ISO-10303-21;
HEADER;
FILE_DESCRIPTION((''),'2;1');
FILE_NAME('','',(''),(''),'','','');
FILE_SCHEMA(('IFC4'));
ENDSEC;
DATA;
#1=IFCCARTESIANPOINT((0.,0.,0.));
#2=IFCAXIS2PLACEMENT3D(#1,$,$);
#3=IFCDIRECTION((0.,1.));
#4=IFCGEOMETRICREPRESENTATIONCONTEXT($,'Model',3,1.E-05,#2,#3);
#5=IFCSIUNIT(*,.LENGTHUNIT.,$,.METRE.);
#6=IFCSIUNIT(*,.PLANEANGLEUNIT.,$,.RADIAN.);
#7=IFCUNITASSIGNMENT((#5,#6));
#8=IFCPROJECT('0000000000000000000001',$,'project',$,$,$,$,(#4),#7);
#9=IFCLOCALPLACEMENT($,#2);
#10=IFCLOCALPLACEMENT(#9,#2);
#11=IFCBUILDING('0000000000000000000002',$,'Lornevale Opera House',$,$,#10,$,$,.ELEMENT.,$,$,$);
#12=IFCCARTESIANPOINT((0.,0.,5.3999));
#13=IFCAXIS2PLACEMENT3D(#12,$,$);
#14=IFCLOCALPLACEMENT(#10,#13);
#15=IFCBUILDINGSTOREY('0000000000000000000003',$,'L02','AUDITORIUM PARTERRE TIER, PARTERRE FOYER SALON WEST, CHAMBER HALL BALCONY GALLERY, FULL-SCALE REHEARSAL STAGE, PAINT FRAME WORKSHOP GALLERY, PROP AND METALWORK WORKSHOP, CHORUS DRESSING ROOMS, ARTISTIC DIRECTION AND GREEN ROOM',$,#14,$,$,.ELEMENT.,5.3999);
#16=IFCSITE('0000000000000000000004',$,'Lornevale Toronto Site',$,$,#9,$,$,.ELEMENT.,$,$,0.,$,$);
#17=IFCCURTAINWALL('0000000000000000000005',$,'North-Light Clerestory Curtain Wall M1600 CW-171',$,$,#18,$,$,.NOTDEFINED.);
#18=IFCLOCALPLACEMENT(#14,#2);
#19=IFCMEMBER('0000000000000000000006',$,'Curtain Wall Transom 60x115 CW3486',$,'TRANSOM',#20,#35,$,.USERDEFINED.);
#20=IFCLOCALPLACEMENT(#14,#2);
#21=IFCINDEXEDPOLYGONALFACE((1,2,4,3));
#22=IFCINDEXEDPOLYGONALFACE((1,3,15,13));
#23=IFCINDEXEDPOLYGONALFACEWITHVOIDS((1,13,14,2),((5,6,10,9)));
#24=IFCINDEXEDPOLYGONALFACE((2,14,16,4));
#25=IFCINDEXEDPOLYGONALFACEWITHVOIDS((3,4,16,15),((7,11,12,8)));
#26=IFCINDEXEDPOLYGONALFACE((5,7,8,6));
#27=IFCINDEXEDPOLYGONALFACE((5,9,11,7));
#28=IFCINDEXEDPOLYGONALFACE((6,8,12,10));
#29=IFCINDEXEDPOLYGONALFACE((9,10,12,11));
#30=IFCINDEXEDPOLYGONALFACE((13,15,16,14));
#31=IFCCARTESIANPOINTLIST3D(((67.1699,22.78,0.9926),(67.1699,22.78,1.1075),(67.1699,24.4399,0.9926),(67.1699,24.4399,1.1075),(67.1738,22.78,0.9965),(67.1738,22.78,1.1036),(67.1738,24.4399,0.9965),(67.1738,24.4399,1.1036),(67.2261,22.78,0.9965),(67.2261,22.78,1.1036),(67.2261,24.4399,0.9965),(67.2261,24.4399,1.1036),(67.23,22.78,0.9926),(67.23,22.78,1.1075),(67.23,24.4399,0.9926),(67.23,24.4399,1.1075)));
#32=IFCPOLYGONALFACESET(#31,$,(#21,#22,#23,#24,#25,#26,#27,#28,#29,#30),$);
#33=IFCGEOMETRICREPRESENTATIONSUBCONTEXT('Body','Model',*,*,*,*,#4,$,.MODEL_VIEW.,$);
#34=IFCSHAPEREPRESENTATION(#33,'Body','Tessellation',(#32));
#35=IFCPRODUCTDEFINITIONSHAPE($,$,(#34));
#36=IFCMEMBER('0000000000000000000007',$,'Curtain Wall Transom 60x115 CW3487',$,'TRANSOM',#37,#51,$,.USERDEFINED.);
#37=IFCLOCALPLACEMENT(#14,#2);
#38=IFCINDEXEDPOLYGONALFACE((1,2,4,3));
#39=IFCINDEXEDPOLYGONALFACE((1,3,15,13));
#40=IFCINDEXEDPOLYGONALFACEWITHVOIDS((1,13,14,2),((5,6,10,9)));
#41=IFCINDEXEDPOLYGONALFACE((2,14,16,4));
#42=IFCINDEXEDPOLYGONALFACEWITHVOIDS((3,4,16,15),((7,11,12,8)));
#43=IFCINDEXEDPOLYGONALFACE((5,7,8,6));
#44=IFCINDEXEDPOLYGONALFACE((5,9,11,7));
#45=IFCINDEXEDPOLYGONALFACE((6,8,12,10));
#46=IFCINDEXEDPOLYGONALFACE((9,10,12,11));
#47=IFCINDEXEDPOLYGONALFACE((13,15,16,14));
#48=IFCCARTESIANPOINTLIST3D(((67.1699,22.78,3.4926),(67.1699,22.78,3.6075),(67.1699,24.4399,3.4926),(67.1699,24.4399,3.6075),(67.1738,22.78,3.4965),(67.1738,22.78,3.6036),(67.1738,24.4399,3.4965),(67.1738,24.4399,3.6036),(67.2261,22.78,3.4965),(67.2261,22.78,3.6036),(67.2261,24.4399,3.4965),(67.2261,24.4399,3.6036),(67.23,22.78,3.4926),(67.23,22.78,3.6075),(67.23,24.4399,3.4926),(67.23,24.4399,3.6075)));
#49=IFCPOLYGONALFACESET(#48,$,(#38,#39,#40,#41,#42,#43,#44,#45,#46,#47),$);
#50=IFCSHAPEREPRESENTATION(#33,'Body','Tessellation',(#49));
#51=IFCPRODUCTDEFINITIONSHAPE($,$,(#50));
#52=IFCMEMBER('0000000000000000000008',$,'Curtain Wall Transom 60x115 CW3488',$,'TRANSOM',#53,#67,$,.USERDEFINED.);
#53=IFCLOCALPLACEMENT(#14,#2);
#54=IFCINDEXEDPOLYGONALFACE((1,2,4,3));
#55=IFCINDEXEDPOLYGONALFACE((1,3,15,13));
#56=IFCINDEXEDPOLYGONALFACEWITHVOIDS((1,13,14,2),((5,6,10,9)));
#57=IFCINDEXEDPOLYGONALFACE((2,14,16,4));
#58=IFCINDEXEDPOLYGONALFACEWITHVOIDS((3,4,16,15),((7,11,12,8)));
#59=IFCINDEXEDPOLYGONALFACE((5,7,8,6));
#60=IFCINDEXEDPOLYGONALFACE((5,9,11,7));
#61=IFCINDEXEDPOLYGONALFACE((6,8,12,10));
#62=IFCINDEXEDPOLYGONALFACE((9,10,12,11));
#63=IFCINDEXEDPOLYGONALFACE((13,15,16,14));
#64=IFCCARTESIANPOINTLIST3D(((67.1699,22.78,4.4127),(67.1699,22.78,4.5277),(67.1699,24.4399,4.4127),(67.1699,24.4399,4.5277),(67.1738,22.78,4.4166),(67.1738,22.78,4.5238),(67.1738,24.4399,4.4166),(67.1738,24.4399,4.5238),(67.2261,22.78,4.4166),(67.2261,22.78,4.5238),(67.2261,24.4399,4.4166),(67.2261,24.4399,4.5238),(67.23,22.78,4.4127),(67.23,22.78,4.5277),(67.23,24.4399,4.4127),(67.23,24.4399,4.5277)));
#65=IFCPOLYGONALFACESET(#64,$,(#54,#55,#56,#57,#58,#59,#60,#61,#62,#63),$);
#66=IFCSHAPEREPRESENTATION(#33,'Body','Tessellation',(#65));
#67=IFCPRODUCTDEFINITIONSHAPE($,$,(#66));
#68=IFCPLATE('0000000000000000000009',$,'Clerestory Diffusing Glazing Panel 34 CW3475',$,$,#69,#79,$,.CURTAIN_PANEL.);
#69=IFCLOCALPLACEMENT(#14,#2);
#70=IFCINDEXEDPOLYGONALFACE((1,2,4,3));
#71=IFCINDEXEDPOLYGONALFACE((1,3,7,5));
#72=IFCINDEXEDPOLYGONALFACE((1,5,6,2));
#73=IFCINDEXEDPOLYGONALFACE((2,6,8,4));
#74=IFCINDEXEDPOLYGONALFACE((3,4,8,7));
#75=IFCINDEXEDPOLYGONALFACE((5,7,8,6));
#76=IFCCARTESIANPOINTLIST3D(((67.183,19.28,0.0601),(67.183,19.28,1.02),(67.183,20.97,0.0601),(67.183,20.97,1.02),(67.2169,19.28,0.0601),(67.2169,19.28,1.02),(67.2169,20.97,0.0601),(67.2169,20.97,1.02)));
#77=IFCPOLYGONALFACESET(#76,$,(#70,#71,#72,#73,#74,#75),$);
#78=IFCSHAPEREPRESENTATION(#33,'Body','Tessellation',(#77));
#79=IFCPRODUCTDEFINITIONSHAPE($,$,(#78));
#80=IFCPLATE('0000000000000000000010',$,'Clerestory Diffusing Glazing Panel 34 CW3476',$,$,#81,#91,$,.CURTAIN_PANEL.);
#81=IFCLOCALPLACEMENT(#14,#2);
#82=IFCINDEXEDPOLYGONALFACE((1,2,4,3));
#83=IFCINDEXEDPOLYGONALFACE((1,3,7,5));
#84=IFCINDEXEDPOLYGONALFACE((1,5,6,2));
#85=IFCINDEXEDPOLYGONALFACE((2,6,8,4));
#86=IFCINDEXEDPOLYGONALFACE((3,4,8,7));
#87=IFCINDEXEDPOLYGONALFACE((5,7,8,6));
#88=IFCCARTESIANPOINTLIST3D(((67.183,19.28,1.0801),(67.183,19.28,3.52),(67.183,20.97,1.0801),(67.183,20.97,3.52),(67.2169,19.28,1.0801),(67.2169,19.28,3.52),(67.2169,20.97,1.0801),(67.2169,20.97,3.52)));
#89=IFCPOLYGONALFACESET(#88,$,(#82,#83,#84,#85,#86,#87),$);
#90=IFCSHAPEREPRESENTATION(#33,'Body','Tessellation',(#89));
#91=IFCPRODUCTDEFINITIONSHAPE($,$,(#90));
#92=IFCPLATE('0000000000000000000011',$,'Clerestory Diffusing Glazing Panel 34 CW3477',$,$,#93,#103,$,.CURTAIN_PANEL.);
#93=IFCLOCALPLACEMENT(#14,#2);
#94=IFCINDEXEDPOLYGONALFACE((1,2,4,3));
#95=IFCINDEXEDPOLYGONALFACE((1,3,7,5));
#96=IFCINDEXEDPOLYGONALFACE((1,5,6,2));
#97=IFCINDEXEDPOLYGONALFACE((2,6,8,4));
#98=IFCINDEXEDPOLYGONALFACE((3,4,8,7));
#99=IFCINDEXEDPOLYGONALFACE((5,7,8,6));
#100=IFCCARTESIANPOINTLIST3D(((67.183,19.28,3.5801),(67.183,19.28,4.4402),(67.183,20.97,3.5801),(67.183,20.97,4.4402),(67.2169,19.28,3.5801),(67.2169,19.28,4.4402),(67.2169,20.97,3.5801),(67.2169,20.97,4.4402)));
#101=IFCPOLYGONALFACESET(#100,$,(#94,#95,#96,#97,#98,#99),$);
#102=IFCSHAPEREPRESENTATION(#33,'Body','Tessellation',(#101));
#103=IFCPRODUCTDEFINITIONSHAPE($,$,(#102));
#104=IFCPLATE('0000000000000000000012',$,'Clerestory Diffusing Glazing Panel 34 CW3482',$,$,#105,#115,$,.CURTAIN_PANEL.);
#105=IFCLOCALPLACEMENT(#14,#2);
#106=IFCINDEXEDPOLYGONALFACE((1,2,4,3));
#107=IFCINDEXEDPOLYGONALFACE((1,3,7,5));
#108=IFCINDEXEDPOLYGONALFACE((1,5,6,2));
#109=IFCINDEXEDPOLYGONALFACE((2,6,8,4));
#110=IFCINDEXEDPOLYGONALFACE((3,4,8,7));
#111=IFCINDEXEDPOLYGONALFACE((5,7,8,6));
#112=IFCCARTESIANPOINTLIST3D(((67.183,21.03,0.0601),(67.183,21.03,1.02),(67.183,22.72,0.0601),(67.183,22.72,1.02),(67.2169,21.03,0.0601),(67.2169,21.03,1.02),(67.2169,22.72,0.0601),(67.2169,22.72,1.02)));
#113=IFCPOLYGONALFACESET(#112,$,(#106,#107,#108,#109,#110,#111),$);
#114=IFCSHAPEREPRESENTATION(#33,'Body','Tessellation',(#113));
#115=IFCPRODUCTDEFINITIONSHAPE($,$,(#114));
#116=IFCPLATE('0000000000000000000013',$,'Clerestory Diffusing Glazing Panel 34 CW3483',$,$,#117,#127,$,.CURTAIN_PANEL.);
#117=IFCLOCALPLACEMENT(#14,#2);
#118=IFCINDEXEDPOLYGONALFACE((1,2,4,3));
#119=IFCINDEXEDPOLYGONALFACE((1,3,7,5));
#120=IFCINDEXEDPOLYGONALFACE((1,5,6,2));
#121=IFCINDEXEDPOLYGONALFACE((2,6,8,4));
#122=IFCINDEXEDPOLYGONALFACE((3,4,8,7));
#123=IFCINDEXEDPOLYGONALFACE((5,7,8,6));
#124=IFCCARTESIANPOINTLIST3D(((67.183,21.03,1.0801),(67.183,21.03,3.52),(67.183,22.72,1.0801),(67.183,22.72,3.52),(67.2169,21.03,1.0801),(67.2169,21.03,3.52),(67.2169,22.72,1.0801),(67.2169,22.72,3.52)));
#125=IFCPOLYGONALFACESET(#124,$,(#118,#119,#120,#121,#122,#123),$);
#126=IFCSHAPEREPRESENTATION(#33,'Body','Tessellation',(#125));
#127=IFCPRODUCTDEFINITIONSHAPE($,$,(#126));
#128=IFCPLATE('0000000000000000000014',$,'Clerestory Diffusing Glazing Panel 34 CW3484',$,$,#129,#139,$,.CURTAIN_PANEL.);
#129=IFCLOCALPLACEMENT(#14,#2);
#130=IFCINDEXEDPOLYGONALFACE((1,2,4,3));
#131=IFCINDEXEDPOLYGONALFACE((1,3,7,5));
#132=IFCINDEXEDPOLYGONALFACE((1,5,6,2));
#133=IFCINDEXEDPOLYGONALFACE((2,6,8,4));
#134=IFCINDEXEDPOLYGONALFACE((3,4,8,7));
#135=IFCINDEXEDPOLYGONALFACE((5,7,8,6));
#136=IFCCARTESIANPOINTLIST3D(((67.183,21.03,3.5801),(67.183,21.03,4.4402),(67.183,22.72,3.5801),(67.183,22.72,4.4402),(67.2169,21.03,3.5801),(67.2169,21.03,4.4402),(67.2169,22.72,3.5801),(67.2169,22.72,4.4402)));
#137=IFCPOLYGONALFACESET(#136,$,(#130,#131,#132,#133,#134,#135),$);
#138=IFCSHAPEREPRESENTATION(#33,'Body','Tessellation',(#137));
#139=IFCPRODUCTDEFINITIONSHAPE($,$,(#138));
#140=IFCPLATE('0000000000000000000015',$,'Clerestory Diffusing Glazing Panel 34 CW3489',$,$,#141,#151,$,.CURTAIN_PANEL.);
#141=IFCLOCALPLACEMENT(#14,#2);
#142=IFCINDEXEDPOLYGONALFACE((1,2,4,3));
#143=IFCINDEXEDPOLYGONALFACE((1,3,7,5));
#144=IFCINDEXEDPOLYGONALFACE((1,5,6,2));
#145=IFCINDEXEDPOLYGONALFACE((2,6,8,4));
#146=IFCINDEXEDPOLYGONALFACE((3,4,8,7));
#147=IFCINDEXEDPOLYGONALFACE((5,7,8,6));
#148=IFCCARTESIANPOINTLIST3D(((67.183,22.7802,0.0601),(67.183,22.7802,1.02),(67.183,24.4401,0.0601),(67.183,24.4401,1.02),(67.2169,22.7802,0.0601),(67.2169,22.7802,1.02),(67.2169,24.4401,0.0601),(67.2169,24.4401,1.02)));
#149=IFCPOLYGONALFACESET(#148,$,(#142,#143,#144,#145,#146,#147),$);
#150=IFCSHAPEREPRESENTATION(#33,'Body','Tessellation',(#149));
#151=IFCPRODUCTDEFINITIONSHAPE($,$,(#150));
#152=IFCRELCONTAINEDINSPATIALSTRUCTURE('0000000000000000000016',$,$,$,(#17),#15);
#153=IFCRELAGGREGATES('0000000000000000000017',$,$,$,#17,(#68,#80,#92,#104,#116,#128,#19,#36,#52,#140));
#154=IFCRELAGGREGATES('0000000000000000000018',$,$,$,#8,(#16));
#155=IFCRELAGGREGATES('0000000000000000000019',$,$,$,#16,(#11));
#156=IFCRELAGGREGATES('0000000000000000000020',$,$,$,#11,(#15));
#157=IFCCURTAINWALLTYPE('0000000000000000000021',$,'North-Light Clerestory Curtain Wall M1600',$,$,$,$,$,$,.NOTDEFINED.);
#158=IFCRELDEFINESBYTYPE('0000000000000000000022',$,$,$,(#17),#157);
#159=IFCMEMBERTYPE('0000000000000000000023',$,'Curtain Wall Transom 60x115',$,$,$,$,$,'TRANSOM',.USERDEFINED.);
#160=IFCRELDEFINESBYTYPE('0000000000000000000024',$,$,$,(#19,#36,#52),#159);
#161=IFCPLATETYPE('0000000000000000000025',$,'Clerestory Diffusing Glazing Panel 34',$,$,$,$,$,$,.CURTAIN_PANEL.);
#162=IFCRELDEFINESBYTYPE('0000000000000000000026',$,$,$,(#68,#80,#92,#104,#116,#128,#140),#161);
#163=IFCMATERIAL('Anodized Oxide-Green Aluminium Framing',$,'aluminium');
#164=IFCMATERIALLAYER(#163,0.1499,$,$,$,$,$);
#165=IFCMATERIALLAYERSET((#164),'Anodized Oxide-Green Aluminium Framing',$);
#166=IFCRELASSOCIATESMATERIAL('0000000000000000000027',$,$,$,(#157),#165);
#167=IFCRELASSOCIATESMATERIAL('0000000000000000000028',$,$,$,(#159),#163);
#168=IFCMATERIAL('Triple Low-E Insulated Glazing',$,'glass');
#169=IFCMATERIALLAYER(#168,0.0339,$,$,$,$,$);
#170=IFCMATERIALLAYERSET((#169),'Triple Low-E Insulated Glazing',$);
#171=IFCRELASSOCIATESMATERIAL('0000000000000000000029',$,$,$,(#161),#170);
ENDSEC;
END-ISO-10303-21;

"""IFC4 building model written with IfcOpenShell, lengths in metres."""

from ifc_helpers import new_model, si_unit, direction, frame, origin, origin_2d, place, context, subcontext, project, spatial, rectangle, hollow_rectangle, extrude, material, layer, layer_set, material_profile, profile_set, type_object, element, aggregate, save


model = new_model("IFC4")

# Units and contexts
model_context = context("Model", 3, precision=1e-05, world=origin(), true_north=direction((0.0, 1.0)))
body_context = subcontext(model_context, "Body", "Model", "MODEL_VIEW")
ifc_project = project(units=[si_unit("LENGTHUNIT", "METRE"), si_unit("PLANEANGLEUNIT", "RADIAN")], contexts=[model_context])

# Site, building, storey
site_placement = place(None, origin())
site = spatial("IfcSite", under=ifc_project, at=site_placement, Name="Lornevale Toronto Site", CompositionType="ELEMENT", RefElevation=0.0)
building_placement = place(site_placement, origin())
building = spatial("IfcBuilding", under=site, at=building_placement, Name="Lornevale Opera House", CompositionType="ELEMENT")
storey_placement = place(building_placement, frame((0.0, 0.0, 5.3999)))
storey = spatial("IfcBuildingStorey", under=building, at=storey_placement, Name="L02", Description="AUDITORIUM PARTERRE TIER, PARTERRE FOYER SALON WEST, CHAMBER HALL BALCONY GALLERY, FULL-SCALE REHEARSAL STAGE, PAINT FRAME WORKSHOP GALLERY, PROP AND METALWORK WORKSHOP, CHORUS DRESSING ROOMS, ARTISTIC DIRECTION AND GREEN ROOM", CompositionType="ELEMENT", Elevation=5.3999)

# Curtain wall, members, plates
ifc_material_1 = material(Name="Anodized Oxide-Green Aluminium Framing", Category="aluminium")
ifc_layer_1 = layer(ifc_material_1, 0.1499)
ifc_layer_set_1 = layer_set([ifc_layer_1], Name="Anodized Oxide-Green Aluminium Framing")
curtain_wall_type = type_object("IfcCurtainWallType", Name="North-Light Clerestory Curtain Wall M1600", PredefinedType="NOTDEFINED", material=ifc_layer_set_1)
curtain_wall_placement = place(storey_placement, origin())
curtain_wall = element("IfcCurtainWall", 1, at=curtain_wall_placement, inside=storey, type_object=curtain_wall_type, Name="North-Light Clerestory Curtain Wall M1600 CW-171", PredefinedType="NOTDEFINED")
ifc_material_profile_1 = material_profile(ifc_material_1, hollow_rectangle(XDim=0.0601, YDim=0.115, WallThickness=0.0039, at=origin_2d()), Name="ALU60x115x4")
ifc_profile_set_1 = profile_set([ifc_material_profile_1], Name="Anodized Oxide-Green Aluminium Framing")
member_type_1 = type_object("IfcMemberType", Name="Curtain Wall Transom 60x115", ElementType="TRANSOM", PredefinedType="USERDEFINED", material=ifc_profile_set_1)
member_1_placement = place(storey_placement, frame((67.2, 22.78, 1.05), z_axis=(0.0, 1.0, 0.0), x_axis=(-1.0, 0.0, 0.0)))
member_1 = element("IfcMember", 2, at=member_1_placement, type_object=member_type_1, Name="Curtain Wall Transom 60x115 CW3486", ObjectType="TRANSOM", PredefinedType="USERDEFINED", context=body_context, shape_type="SweptSolid", body=[
    extrude(hollow_rectangle(XDim=0.0601, YDim=0.115, WallThickness=0.0039, at=origin_2d()), origin(), (0.0, 0.0, 1.0), 1.6599),
])
member_2_placement = place(storey_placement, frame((67.2, 22.78, 3.55), z_axis=(0.0, 1.0, 0.0), x_axis=(-1.0, 0.0, 0.0)))
member_2 = element("IfcMember", 3, at=member_2_placement, type_object=member_type_1, Name="Curtain Wall Transom 60x115 CW3487", ObjectType="TRANSOM", PredefinedType="USERDEFINED", context=body_context, shape_type="SweptSolid", body=[
    extrude(hollow_rectangle(XDim=0.0601, YDim=0.115, WallThickness=0.0039, at=origin_2d()), origin(), (0.0, 0.0, 1.0), 1.6599),
])
member_3_placement = place(storey_placement, frame((67.2, 22.78, 4.4702), z_axis=(0.0, 1.0, 0.0), x_axis=(-1.0, 0.0, 0.0)))
member_3 = element("IfcMember", 4, at=member_3_placement, type_object=member_type_1, Name="Curtain Wall Transom 60x115 CW3488", ObjectType="TRANSOM", PredefinedType="USERDEFINED", context=body_context, shape_type="SweptSolid", body=[
    extrude(hollow_rectangle(XDim=0.0601, YDim=0.115, WallThickness=0.0039, at=origin_2d()), origin(), (0.0, 0.0, 1.0), 1.6599),
])
ifc_material_2 = material(Name="Triple Low-E Insulated Glazing", Category="glass")
ifc_layer_2 = layer(ifc_material_2, 0.0339)
ifc_layer_set_2 = layer_set([ifc_layer_2], Name="Triple Low-E Insulated Glazing")
plate_type = type_object("IfcPlateType", Name="Clerestory Diffusing Glazing Panel 34", PredefinedType="CURTAIN_PANEL", material=ifc_layer_set_2)
plate_1_placement = place(storey_placement, frame((67.2, 20.125, 0.0601), z_axis=(0.0, 0.0, 1.0), x_axis=(0.0, 1.0, 0.0)))
plate_1 = element("IfcPlate", 5, at=plate_1_placement, type_object=plate_type, Name="Clerestory Diffusing Glazing Panel 34 CW3475", PredefinedType="CURTAIN_PANEL", context=body_context, shape_type="SweptSolid", body=[
    extrude(rectangle(XDim=1.6899, YDim=0.0339, at=origin_2d()), origin(), (0.0, 0.0, 1.0), 0.96),
])
plate_2_placement = place(storey_placement, frame((67.2, 20.125, 1.0801), z_axis=(0.0, 0.0, 1.0), x_axis=(0.0, 1.0, 0.0)))
plate_2 = element("IfcPlate", 6, at=plate_2_placement, type_object=plate_type, Name="Clerestory Diffusing Glazing Panel 34 CW3476", PredefinedType="CURTAIN_PANEL", context=body_context, shape_type="SweptSolid", body=[
    extrude(rectangle(XDim=1.6899, YDim=0.0339, at=origin_2d()), origin(), (0.0, 0.0, 1.0), 2.4399),
])
plate_3_placement = place(storey_placement, frame((67.2, 20.125, 3.5801), z_axis=(0.0, 0.0, 1.0), x_axis=(0.0, 1.0, 0.0)))
plate_3 = element("IfcPlate", 7, at=plate_3_placement, type_object=plate_type, Name="Clerestory Diffusing Glazing Panel 34 CW3477", PredefinedType="CURTAIN_PANEL", context=body_context, shape_type="SweptSolid", body=[
    extrude(rectangle(XDim=1.6899, YDim=0.0339, at=origin_2d()), origin(), (0.0, 0.0, 1.0), 0.8601),
])
plate_4_placement = place(storey_placement, frame((67.2, 21.875, 0.0601), z_axis=(0.0, 0.0, 1.0), x_axis=(0.0, 1.0, 0.0)))
plate_4 = element("IfcPlate", 8, at=plate_4_placement, type_object=plate_type, Name="Clerestory Diffusing Glazing Panel 34 CW3482", PredefinedType="CURTAIN_PANEL", context=body_context, shape_type="SweptSolid", body=[
    extrude(rectangle(XDim=1.6899, YDim=0.0339, at=origin_2d()), origin(), (0.0, 0.0, 1.0), 0.96),
])
plate_5_placement = place(storey_placement, frame((67.2, 21.875, 1.0801), z_axis=(0.0, 0.0, 1.0), x_axis=(0.0, 1.0, 0.0)))
plate_5 = element("IfcPlate", 9, at=plate_5_placement, type_object=plate_type, Name="Clerestory Diffusing Glazing Panel 34 CW3483", PredefinedType="CURTAIN_PANEL", context=body_context, shape_type="SweptSolid", body=[
    extrude(rectangle(XDim=1.6899, YDim=0.0339, at=origin_2d()), origin(), (0.0, 0.0, 1.0), 2.4399),
])
plate_6_placement = place(storey_placement, frame((67.2, 21.875, 3.5801), z_axis=(0.0, 0.0, 1.0), x_axis=(0.0, 1.0, 0.0)))
plate_6 = element("IfcPlate", 10, at=plate_6_placement, type_object=plate_type, Name="Clerestory Diffusing Glazing Panel 34 CW3484", PredefinedType="CURTAIN_PANEL", context=body_context, shape_type="SweptSolid", body=[
    extrude(rectangle(XDim=1.6899, YDim=0.0339, at=origin_2d()), origin(), (0.0, 0.0, 1.0), 0.8601),
])
plate_7_placement = place(storey_placement, frame((67.2, 23.6101, 0.0601), z_axis=(0.0, 0.0, 1.0), x_axis=(0.0, 1.0, 0.0)))
plate_7 = element("IfcPlate", 11, at=plate_7_placement, type_object=plate_type, Name="Clerestory Diffusing Glazing Panel 34 CW3489", PredefinedType="CURTAIN_PANEL", context=body_context, shape_type="SweptSolid", body=[
    extrude(rectangle(XDim=1.6599, YDim=0.0339, at=origin_2d()), origin(), (0.0, 0.0, 1.0), 0.96),
])
aggregate(curtain_wall, [plate_1, plate_2, plate_3, plate_4, plate_5, plate_6, member_1, member_2, member_3, plate_7])

save(model, "model.ifc")
